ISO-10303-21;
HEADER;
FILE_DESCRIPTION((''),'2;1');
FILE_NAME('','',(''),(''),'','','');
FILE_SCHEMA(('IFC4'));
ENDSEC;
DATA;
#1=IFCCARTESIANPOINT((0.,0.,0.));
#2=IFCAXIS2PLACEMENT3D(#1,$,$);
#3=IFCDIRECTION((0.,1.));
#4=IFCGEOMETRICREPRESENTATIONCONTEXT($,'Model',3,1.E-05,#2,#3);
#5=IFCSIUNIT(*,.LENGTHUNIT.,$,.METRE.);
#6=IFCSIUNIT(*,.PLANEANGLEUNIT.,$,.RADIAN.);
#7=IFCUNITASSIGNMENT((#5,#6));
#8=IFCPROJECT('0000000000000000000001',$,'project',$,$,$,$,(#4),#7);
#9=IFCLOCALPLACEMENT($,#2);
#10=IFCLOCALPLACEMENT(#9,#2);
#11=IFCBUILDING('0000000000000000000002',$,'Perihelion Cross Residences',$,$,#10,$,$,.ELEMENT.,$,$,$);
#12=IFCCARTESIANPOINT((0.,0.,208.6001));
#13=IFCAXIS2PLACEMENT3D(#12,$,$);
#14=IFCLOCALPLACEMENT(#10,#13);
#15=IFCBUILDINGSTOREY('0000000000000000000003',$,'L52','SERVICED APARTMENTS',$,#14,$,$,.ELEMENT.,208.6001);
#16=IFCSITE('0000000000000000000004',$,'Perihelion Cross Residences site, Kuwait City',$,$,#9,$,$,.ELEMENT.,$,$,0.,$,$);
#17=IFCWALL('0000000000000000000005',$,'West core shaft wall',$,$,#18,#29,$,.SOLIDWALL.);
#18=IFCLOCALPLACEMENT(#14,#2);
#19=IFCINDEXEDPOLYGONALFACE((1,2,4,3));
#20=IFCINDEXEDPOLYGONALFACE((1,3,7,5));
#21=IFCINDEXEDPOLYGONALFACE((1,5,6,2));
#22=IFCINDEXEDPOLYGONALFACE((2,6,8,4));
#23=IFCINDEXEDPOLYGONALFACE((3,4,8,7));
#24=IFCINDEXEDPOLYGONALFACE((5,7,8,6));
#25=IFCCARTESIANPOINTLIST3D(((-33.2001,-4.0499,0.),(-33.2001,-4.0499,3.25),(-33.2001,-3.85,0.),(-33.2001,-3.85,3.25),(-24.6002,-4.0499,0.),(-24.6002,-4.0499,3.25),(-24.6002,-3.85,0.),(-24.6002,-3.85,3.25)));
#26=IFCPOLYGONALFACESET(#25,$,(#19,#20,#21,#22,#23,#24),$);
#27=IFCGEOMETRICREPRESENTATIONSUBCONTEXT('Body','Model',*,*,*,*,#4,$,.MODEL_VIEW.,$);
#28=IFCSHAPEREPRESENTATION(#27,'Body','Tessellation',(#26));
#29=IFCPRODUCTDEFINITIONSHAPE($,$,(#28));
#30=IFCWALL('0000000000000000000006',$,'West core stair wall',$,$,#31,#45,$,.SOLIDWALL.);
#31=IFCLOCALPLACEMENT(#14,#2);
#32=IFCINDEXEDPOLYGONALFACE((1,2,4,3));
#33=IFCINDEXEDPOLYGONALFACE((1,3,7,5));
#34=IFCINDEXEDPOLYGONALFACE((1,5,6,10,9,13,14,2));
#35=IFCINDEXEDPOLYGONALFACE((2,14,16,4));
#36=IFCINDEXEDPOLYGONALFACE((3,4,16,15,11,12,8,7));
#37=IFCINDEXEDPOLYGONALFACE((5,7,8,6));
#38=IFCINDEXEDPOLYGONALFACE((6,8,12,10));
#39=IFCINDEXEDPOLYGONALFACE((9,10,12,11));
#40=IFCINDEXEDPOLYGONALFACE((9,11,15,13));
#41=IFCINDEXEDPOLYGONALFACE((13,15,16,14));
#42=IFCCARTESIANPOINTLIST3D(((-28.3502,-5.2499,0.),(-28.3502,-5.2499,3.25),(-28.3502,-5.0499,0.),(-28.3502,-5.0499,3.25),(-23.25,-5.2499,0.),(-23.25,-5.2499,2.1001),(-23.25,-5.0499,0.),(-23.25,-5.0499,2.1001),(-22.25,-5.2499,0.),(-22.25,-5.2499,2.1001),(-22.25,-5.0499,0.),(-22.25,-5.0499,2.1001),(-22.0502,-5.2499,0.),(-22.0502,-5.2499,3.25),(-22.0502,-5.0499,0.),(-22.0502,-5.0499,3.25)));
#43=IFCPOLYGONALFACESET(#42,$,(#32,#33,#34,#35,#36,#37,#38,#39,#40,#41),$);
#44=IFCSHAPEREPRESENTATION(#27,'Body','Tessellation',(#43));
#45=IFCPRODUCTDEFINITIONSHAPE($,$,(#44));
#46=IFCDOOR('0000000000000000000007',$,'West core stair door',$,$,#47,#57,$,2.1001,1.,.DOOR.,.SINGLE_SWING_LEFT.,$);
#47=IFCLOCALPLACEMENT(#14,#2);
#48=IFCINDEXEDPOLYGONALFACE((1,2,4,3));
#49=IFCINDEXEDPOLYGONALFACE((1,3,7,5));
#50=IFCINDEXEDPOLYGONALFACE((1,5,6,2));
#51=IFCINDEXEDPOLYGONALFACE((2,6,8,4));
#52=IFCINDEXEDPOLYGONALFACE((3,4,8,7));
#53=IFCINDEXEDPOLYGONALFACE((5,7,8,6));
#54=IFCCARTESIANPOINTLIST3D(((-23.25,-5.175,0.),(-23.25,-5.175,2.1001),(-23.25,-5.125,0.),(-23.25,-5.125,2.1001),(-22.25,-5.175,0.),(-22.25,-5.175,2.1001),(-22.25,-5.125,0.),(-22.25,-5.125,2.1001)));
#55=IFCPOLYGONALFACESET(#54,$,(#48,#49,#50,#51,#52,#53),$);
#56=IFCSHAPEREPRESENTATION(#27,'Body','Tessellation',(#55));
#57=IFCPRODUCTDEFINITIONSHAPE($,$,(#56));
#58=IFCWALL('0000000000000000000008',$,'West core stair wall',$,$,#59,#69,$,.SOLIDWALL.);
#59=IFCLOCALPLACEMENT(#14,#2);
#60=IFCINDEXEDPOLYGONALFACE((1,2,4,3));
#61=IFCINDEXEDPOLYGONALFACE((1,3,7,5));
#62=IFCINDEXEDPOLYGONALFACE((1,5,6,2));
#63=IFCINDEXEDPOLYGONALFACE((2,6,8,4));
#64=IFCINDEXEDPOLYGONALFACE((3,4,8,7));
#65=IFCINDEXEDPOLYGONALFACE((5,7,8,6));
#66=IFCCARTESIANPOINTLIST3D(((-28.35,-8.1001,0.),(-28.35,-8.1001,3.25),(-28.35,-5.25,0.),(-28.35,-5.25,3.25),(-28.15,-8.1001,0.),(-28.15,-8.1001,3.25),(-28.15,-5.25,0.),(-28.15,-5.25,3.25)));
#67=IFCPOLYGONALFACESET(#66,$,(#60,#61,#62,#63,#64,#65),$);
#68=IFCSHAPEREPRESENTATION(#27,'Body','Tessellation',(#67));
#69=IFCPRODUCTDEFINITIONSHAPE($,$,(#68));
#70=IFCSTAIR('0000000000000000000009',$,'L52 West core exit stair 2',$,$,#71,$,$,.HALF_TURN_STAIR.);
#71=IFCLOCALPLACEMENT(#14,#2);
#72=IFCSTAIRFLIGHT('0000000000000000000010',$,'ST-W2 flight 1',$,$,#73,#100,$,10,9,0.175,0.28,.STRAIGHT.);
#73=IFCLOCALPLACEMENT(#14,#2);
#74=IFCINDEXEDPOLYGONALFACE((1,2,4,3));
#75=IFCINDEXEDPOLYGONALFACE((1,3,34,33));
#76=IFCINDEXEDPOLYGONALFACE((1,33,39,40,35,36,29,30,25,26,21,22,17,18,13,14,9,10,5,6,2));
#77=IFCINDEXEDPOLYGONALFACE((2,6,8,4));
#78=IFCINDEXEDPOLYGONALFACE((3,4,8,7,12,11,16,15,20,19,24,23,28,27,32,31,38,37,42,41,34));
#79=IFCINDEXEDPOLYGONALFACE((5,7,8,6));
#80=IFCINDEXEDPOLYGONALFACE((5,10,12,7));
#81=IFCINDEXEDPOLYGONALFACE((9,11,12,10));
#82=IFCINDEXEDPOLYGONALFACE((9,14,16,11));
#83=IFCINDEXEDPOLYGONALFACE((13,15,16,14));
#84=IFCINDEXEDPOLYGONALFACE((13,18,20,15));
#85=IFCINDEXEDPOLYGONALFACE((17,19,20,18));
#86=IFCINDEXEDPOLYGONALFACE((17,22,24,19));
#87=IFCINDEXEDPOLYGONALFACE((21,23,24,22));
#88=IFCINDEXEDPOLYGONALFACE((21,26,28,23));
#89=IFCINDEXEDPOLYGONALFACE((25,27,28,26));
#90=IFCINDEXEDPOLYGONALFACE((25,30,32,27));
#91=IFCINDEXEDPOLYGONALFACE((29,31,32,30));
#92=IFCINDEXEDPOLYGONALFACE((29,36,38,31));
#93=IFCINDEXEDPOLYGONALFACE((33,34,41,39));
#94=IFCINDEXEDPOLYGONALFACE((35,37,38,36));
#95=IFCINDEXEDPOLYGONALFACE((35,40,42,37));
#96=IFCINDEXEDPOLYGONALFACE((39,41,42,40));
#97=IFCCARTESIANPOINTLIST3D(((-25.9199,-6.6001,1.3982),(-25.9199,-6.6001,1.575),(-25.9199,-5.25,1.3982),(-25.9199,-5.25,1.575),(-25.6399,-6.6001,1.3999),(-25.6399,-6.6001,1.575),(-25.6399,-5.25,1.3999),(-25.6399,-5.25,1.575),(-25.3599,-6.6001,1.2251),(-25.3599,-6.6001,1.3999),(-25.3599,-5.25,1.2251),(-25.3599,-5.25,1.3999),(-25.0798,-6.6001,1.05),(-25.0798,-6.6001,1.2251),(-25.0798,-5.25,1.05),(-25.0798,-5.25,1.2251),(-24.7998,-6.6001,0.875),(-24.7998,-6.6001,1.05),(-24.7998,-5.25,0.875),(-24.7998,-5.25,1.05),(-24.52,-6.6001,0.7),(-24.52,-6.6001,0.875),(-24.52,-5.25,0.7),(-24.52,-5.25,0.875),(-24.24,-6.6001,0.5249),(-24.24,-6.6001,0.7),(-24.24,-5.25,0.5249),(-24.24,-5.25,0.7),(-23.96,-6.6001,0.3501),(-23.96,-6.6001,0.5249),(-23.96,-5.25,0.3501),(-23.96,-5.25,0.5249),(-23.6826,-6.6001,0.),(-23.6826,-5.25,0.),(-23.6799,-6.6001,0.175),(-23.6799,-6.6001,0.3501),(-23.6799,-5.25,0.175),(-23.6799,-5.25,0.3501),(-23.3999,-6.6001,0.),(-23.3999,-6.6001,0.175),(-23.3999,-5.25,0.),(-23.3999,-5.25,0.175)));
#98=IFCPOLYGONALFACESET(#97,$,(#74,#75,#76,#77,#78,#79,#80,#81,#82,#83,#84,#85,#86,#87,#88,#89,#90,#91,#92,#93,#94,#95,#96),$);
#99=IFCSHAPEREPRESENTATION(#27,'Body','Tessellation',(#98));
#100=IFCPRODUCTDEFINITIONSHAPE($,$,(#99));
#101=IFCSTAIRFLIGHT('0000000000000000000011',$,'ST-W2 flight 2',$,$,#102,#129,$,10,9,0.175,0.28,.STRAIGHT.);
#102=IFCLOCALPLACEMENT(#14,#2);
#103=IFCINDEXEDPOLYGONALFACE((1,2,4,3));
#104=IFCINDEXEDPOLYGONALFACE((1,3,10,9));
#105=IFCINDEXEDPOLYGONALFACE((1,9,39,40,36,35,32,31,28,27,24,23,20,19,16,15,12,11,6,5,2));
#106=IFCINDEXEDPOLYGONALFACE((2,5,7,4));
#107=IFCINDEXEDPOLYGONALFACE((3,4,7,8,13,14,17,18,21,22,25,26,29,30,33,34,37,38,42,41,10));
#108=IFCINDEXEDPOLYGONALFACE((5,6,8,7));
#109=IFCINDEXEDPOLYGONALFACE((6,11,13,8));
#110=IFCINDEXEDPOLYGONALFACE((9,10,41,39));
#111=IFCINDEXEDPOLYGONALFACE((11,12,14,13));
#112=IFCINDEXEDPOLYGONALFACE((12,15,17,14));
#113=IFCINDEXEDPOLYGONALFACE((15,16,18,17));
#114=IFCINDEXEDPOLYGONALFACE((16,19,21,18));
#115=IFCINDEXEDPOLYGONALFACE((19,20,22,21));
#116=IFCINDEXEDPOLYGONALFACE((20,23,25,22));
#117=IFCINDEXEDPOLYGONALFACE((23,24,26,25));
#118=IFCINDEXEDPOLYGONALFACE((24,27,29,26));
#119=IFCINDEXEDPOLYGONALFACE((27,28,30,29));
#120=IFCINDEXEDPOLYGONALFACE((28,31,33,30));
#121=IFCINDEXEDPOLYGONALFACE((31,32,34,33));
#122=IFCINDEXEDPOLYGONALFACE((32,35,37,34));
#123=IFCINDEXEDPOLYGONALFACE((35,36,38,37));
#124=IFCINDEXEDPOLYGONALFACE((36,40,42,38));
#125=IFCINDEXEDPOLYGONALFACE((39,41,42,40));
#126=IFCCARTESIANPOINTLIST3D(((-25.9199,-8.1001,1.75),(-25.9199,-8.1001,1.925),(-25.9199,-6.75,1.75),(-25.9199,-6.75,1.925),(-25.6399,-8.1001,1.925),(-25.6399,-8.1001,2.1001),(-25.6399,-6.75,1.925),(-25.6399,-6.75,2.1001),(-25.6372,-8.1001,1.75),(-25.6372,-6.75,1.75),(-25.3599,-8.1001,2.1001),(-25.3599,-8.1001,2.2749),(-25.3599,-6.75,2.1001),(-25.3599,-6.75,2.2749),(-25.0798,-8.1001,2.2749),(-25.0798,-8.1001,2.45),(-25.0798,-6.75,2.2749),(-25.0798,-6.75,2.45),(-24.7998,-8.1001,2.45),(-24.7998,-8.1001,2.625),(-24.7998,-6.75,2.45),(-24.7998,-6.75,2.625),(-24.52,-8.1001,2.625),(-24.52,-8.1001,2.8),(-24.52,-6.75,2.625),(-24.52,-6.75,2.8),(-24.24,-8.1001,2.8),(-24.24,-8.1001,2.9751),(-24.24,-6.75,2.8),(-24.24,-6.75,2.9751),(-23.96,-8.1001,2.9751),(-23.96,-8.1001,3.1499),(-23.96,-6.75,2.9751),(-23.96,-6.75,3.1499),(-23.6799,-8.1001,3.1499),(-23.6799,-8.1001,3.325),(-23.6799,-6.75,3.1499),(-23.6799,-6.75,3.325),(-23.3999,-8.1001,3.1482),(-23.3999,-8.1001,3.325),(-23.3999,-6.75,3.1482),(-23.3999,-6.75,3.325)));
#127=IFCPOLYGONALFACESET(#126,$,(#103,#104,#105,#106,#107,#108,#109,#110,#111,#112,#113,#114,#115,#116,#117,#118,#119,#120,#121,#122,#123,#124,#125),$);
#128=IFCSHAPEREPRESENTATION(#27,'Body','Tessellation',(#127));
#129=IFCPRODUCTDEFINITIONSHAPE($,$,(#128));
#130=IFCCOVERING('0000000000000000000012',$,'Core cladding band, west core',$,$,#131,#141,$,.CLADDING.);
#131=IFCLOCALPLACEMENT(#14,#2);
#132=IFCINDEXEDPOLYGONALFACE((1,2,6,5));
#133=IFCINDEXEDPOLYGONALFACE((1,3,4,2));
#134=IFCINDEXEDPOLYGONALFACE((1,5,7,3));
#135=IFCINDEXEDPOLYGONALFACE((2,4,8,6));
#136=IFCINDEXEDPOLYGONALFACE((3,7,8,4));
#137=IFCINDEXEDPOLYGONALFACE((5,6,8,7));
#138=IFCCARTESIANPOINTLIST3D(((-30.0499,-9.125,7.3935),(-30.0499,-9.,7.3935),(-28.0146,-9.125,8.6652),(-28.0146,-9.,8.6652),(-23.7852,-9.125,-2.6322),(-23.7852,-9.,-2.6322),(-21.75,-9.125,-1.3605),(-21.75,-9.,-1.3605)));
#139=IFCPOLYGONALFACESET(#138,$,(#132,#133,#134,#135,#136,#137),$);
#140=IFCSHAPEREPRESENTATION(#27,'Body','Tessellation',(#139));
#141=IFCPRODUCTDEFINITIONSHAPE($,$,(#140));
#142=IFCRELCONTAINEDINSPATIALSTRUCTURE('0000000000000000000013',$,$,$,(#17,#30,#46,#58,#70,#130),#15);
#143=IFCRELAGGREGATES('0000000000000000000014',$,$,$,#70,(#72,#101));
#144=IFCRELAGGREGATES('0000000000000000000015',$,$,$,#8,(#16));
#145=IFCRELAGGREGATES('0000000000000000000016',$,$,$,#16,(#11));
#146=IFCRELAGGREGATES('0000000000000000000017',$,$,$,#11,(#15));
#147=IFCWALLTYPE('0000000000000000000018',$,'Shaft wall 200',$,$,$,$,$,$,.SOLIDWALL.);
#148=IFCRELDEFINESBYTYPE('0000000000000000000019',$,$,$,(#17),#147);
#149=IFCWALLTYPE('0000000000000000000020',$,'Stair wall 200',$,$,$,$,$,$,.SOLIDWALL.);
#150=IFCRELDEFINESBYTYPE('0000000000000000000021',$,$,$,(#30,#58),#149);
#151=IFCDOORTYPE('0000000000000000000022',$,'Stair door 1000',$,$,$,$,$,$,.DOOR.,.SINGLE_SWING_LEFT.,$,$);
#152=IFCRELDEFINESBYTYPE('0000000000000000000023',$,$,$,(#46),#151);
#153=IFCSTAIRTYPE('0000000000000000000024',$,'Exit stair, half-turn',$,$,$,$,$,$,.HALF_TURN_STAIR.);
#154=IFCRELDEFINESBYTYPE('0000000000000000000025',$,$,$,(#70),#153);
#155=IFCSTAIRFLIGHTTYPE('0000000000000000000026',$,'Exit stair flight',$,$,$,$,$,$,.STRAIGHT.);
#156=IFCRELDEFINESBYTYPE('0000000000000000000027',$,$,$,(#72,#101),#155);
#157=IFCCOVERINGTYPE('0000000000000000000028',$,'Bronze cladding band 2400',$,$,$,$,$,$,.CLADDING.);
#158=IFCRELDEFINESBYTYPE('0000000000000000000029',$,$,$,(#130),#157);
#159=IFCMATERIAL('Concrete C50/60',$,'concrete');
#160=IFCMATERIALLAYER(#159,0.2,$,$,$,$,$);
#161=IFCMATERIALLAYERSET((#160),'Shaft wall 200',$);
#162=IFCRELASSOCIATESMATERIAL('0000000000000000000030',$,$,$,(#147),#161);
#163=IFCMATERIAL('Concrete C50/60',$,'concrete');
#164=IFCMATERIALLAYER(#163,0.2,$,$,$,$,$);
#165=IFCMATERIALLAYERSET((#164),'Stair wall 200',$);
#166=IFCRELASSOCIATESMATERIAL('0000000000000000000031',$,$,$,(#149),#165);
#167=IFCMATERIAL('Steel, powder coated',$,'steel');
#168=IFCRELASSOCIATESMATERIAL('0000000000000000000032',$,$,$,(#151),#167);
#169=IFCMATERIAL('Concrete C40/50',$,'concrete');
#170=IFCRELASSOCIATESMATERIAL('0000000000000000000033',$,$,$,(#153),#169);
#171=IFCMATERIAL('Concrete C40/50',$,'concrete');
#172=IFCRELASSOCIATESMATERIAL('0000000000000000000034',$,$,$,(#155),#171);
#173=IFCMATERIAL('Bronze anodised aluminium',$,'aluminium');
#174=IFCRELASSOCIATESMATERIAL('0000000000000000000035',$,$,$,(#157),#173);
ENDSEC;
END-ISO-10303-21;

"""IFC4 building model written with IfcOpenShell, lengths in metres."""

from ifc_helpers import new_model, si_unit, direction, frame, frame_2d, origin, origin_2d, place, context, subcontext, project, spatial, polyline, rectangle, outline, extrude, material, layer, layer_set, material_profile, profile_set, type_object, element, fill, aggregate, save


model = new_model("IFC4")

# Units and contexts
model_context = context("Model", 3, precision=1e-05, world=origin(), true_north=direction((0.0, 1.0)))
body_context = subcontext(model_context, "Body", "Model", "MODEL_VIEW")
ifc_project = project(units=[si_unit("LENGTHUNIT", "METRE"), si_unit("PLANEANGLEUNIT", "RADIAN")], contexts=[model_context])

# Site, building, storey
site_placement = place(None, origin())
site = spatial("IfcSite", under=ifc_project, at=site_placement, Name="Perihelion Cross Residences site, Kuwait City", CompositionType="ELEMENT", RefElevation=0.0)
building_placement = place(site_placement, origin())
building = spatial("IfcBuilding", under=site, at=building_placement, Name="Perihelion Cross Residences", CompositionType="ELEMENT")
storey_placement = place(building_placement, frame((0.0, 0.0, 208.6001)))
storey = spatial("IfcBuildingStorey", under=building, at=storey_placement, Name="L52", Description="SERVICED APARTMENTS", CompositionType="ELEMENT", Elevation=208.6001)

# Wall
ifc_material_1 = material(Name="Concrete C50/60", Category="concrete")
ifc_layer_1 = layer(ifc_material_1, 0.2)
ifc_layer_set_1 = layer_set([ifc_layer_1], Name="Shaft wall 200")
wall_type_1 = type_object("IfcWallType", Name="Shaft wall 200", PredefinedType="SOLIDWALL", material=ifc_layer_set_1)
wall_1_placement = place(storey_placement, frame((-33.2, -3.95, 0.0), z_axis=(0.0, 0.0, 1.0), x_axis=(1.0, 0.0, 0.0)))
element("IfcWall", 1, at=wall_1_placement, inside=storey, type_object=wall_type_1, Name="West core shaft wall", PredefinedType="SOLIDWALL", context=body_context, shape_type="SweptSolid", body=[
    extrude(rectangle(XDim=8.5999, YDim=0.2, at=frame_2d((4.2998, 0.0))), origin(), (0.0, 0.0, 1.0), 3.25),
])

# Wall, opening, door
ifc_material_2 = material(Name="Concrete C50/60", Category="concrete")
ifc_layer_2 = layer(ifc_material_2, 0.2)
ifc_layer_set_2 = layer_set([ifc_layer_2], Name="Stair wall 200")
wall_type_2 = type_object("IfcWallType", Name="Stair wall 200", PredefinedType="SOLIDWALL", material=ifc_layer_set_2)
wall_2_placement = place(storey_placement, frame((-28.3501, -5.1499, 0.0), z_axis=(0.0, 0.0, 1.0), x_axis=(1.0, 0.0, 0.0)))
wall_2 = element("IfcWall", 2, at=wall_2_placement, inside=storey, type_object=wall_type_2, Name="West core stair wall", PredefinedType="SOLIDWALL", context=body_context, shape_type="SweptSolid", body=[
    extrude(rectangle(XDim=6.3, YDim=0.2, at=frame_2d((3.1499, 0.0))), origin(), (0.0, 0.0, 1.0), 3.25),
])
opening_1_placement = place(wall_2_placement, frame((5.1001, 0.0, 0.0)))
opening_1 = element("IfcOpeningElement", 3, at=opening_1_placement, cuts=wall_2, PredefinedType="OPENING", context=body_context, shape_type="SweptSolid", body=[
    extrude(rectangle(XDim=1.0, YDim=2.1001, at=frame_2d((0.5, 1.05))), frame((0.0, 0.1099, 0.0), z_axis=(0.0, -1.0, 0.0), x_axis=(1.0, 0.0, 0.0)), (0.0, 0.0, 1.0), 0.22),
])
ifc_material_3 = material(Name="Steel, powder coated", Category="steel")
door_type_1 = type_object("IfcDoorType", Name="Stair door 1000", OperationType="SINGLE_SWING_LEFT", PredefinedType="DOOR", material=ifc_material_3)
door_1_placement = place(opening_1_placement, origin())
door_1 = element("IfcDoor", 4, at=door_1_placement, inside=storey, type_object=door_type_1, Name="West core stair door", OperationType="SINGLE_SWING_LEFT", OverallHeight=2.1001, OverallWidth=1.0, PredefinedType="DOOR", context=body_context, shape_type="SweptSolid", body=[
    extrude(rectangle(XDim=1.0, YDim=2.1001, at=frame_2d((0.5, 1.05))), frame((0.0, 0.0249, 0.0), z_axis=(0.0, -1.0, 0.0), x_axis=(1.0, 0.0, 0.0)), (0.0, 0.0, 1.0), 0.05),
])
fill(opening_1, door_1)

# Wall
wall_3_placement = place(storey_placement, frame((-28.25, -8.1001, 0.0), z_axis=(0.0, 0.0, 1.0), x_axis=(0.0, 1.0, 0.0)))
element("IfcWall", 5, at=wall_3_placement, inside=storey, type_object=wall_type_2, Name="West core stair wall", PredefinedType="SOLIDWALL", context=body_context, shape_type="SweptSolid", body=[
    extrude(rectangle(XDim=2.8501, YDim=0.2, at=frame_2d((1.425, 0.0))), origin(), (0.0, 0.0, 1.0), 3.25),
])

# Stair, stair flights
ifc_material_4 = material(Name="Concrete C40/50", Category="concrete")
stair_type = type_object("IfcStairType", Name="Exit stair, half-turn", PredefinedType="HALF_TURN_STAIR", material=ifc_material_4)
stair_placement = place(storey_placement, origin())
stair = element("IfcStair", 6, at=stair_placement, inside=storey, type_object=stair_type, Name="L52 West core exit stair 2", PredefinedType="HALF_TURN_STAIR")
ifc_material_5 = material(Name="Concrete C40/50", Category="concrete")
stair_flight_type = type_object("IfcStairFlightType", Name="Exit stair flight", PredefinedType="STRAIGHT", material=ifc_material_5)
stair_flight_1_placement = place(storey_placement, frame((-23.3999, -5.925, 0.0), z_axis=(0.0, 0.0, 1.0), x_axis=(-1.0, 0.0, 0.0)))
stair_flight_1 = element("IfcStairFlight", 7, at=stair_flight_1_placement, type_object=stair_flight_type, Name="ST-W2 flight 1", NumberOfRisers=10, NumberOfTreads=9, PredefinedType="STRAIGHT", RiserHeight=0.175, TreadLength=0.28, context=body_context, shape_type="SweptSolid", body=[
    extrude(outline(polyline([(0.0, 0.0), (0.0, 0.175), (0.28, 0.175), (0.28, 0.3501), (0.5601, 0.3501), (0.5601, 0.5249), (0.8401, 0.5249), (0.8401, 0.7), (1.1201, 0.7), (1.1201, 0.875), (1.3999, 0.875), (1.3999, 1.05), (1.6799, 1.05), (1.6799, 1.2251), (1.96, 1.2251), (1.96, 1.3999), (2.24, 1.3999), (2.24, 1.575), (2.52, 1.575), (2.52, 1.75), (2.52, 1.3982), (0.2827, 0.0), (0.0, 0.0)])), frame((0.0, 0.675, 0.0), z_axis=(0.0, -1.0, 0.0), x_axis=(1.0, 0.0, 0.0)), (0.0, 0.0, 1.0), 1.3501),
])
stair_flight_2_placement = place(storey_placement, frame((-25.9199, -7.425, 1.75), z_axis=(0.0, 0.0, 1.0), x_axis=(1.0, 0.0, 0.0)))
stair_flight_2 = element("IfcStairFlight", 8, at=stair_flight_2_placement, type_object=stair_flight_type, Name="ST-W2 flight 2", NumberOfRisers=10, NumberOfTreads=9, PredefinedType="STRAIGHT", RiserHeight=0.175, TreadLength=0.28, context=body_context, shape_type="SweptSolid", body=[
    extrude(outline(polyline([(0.0, 0.0), (0.0, 0.175), (0.28, 0.175), (0.28, 0.3501), (0.5601, 0.3501), (0.5601, 0.5249), (0.8401, 0.5249), (0.8401, 0.7), (1.1201, 0.7), (1.1201, 0.875), (1.3999, 0.875), (1.3999, 1.05), (1.6799, 1.05), (1.6799, 1.2251), (1.96, 1.2251), (1.96, 1.3999), (2.24, 1.3999), (2.24, 1.575), (2.52, 1.575), (2.52, 1.75), (2.52, 1.3982), (0.2827, 0.0), (0.0, 0.0)])), frame((0.0, 0.675, 0.0), z_axis=(0.0, -1.0, 0.0), x_axis=(1.0, 0.0, 0.0)), (0.0, 0.0, 1.0), 1.3501),
])
aggregate(stair, [stair_flight_1, stair_flight_2])

# Covering
ifc_material_6 = material(Name="Bronze anodised aluminium", Category="aluminium")
ifc_material_profile_1 = material_profile(ifc_material_6, rectangle(XDim=0.125, YDim=2.3999, at=origin_2d()), Name="Bronze cladding band 2400")
ifc_profile_set_1 = profile_set([ifc_material_profile_1], Name="Bronze anodised aluminium")
covering_type = type_object("IfcCoveringType", Name="Bronze cladding band 2400", PredefinedType="CLADDING", material=ifc_profile_set_1)
covering_placement = place(storey_placement, frame((-22.7676, -9.0625, -1.9963), z_axis=(-0.529915, 0.0, 0.848051), x_axis=(0.0, -1.0, 0.0)))
element("IfcCovering", 9, at=covering_placement, inside=storey, type_object=covering_type, Name="Core cladding band, west core", PredefinedType="CLADDING", context=body_context, shape_type="SweptSolid", body=[
    extrude(rectangle(XDim=0.125, YDim=2.3999, at=origin_2d()), origin(), (0.0, 0.0, 1.0), 11.822),
])

save(model, "model.ifc")
